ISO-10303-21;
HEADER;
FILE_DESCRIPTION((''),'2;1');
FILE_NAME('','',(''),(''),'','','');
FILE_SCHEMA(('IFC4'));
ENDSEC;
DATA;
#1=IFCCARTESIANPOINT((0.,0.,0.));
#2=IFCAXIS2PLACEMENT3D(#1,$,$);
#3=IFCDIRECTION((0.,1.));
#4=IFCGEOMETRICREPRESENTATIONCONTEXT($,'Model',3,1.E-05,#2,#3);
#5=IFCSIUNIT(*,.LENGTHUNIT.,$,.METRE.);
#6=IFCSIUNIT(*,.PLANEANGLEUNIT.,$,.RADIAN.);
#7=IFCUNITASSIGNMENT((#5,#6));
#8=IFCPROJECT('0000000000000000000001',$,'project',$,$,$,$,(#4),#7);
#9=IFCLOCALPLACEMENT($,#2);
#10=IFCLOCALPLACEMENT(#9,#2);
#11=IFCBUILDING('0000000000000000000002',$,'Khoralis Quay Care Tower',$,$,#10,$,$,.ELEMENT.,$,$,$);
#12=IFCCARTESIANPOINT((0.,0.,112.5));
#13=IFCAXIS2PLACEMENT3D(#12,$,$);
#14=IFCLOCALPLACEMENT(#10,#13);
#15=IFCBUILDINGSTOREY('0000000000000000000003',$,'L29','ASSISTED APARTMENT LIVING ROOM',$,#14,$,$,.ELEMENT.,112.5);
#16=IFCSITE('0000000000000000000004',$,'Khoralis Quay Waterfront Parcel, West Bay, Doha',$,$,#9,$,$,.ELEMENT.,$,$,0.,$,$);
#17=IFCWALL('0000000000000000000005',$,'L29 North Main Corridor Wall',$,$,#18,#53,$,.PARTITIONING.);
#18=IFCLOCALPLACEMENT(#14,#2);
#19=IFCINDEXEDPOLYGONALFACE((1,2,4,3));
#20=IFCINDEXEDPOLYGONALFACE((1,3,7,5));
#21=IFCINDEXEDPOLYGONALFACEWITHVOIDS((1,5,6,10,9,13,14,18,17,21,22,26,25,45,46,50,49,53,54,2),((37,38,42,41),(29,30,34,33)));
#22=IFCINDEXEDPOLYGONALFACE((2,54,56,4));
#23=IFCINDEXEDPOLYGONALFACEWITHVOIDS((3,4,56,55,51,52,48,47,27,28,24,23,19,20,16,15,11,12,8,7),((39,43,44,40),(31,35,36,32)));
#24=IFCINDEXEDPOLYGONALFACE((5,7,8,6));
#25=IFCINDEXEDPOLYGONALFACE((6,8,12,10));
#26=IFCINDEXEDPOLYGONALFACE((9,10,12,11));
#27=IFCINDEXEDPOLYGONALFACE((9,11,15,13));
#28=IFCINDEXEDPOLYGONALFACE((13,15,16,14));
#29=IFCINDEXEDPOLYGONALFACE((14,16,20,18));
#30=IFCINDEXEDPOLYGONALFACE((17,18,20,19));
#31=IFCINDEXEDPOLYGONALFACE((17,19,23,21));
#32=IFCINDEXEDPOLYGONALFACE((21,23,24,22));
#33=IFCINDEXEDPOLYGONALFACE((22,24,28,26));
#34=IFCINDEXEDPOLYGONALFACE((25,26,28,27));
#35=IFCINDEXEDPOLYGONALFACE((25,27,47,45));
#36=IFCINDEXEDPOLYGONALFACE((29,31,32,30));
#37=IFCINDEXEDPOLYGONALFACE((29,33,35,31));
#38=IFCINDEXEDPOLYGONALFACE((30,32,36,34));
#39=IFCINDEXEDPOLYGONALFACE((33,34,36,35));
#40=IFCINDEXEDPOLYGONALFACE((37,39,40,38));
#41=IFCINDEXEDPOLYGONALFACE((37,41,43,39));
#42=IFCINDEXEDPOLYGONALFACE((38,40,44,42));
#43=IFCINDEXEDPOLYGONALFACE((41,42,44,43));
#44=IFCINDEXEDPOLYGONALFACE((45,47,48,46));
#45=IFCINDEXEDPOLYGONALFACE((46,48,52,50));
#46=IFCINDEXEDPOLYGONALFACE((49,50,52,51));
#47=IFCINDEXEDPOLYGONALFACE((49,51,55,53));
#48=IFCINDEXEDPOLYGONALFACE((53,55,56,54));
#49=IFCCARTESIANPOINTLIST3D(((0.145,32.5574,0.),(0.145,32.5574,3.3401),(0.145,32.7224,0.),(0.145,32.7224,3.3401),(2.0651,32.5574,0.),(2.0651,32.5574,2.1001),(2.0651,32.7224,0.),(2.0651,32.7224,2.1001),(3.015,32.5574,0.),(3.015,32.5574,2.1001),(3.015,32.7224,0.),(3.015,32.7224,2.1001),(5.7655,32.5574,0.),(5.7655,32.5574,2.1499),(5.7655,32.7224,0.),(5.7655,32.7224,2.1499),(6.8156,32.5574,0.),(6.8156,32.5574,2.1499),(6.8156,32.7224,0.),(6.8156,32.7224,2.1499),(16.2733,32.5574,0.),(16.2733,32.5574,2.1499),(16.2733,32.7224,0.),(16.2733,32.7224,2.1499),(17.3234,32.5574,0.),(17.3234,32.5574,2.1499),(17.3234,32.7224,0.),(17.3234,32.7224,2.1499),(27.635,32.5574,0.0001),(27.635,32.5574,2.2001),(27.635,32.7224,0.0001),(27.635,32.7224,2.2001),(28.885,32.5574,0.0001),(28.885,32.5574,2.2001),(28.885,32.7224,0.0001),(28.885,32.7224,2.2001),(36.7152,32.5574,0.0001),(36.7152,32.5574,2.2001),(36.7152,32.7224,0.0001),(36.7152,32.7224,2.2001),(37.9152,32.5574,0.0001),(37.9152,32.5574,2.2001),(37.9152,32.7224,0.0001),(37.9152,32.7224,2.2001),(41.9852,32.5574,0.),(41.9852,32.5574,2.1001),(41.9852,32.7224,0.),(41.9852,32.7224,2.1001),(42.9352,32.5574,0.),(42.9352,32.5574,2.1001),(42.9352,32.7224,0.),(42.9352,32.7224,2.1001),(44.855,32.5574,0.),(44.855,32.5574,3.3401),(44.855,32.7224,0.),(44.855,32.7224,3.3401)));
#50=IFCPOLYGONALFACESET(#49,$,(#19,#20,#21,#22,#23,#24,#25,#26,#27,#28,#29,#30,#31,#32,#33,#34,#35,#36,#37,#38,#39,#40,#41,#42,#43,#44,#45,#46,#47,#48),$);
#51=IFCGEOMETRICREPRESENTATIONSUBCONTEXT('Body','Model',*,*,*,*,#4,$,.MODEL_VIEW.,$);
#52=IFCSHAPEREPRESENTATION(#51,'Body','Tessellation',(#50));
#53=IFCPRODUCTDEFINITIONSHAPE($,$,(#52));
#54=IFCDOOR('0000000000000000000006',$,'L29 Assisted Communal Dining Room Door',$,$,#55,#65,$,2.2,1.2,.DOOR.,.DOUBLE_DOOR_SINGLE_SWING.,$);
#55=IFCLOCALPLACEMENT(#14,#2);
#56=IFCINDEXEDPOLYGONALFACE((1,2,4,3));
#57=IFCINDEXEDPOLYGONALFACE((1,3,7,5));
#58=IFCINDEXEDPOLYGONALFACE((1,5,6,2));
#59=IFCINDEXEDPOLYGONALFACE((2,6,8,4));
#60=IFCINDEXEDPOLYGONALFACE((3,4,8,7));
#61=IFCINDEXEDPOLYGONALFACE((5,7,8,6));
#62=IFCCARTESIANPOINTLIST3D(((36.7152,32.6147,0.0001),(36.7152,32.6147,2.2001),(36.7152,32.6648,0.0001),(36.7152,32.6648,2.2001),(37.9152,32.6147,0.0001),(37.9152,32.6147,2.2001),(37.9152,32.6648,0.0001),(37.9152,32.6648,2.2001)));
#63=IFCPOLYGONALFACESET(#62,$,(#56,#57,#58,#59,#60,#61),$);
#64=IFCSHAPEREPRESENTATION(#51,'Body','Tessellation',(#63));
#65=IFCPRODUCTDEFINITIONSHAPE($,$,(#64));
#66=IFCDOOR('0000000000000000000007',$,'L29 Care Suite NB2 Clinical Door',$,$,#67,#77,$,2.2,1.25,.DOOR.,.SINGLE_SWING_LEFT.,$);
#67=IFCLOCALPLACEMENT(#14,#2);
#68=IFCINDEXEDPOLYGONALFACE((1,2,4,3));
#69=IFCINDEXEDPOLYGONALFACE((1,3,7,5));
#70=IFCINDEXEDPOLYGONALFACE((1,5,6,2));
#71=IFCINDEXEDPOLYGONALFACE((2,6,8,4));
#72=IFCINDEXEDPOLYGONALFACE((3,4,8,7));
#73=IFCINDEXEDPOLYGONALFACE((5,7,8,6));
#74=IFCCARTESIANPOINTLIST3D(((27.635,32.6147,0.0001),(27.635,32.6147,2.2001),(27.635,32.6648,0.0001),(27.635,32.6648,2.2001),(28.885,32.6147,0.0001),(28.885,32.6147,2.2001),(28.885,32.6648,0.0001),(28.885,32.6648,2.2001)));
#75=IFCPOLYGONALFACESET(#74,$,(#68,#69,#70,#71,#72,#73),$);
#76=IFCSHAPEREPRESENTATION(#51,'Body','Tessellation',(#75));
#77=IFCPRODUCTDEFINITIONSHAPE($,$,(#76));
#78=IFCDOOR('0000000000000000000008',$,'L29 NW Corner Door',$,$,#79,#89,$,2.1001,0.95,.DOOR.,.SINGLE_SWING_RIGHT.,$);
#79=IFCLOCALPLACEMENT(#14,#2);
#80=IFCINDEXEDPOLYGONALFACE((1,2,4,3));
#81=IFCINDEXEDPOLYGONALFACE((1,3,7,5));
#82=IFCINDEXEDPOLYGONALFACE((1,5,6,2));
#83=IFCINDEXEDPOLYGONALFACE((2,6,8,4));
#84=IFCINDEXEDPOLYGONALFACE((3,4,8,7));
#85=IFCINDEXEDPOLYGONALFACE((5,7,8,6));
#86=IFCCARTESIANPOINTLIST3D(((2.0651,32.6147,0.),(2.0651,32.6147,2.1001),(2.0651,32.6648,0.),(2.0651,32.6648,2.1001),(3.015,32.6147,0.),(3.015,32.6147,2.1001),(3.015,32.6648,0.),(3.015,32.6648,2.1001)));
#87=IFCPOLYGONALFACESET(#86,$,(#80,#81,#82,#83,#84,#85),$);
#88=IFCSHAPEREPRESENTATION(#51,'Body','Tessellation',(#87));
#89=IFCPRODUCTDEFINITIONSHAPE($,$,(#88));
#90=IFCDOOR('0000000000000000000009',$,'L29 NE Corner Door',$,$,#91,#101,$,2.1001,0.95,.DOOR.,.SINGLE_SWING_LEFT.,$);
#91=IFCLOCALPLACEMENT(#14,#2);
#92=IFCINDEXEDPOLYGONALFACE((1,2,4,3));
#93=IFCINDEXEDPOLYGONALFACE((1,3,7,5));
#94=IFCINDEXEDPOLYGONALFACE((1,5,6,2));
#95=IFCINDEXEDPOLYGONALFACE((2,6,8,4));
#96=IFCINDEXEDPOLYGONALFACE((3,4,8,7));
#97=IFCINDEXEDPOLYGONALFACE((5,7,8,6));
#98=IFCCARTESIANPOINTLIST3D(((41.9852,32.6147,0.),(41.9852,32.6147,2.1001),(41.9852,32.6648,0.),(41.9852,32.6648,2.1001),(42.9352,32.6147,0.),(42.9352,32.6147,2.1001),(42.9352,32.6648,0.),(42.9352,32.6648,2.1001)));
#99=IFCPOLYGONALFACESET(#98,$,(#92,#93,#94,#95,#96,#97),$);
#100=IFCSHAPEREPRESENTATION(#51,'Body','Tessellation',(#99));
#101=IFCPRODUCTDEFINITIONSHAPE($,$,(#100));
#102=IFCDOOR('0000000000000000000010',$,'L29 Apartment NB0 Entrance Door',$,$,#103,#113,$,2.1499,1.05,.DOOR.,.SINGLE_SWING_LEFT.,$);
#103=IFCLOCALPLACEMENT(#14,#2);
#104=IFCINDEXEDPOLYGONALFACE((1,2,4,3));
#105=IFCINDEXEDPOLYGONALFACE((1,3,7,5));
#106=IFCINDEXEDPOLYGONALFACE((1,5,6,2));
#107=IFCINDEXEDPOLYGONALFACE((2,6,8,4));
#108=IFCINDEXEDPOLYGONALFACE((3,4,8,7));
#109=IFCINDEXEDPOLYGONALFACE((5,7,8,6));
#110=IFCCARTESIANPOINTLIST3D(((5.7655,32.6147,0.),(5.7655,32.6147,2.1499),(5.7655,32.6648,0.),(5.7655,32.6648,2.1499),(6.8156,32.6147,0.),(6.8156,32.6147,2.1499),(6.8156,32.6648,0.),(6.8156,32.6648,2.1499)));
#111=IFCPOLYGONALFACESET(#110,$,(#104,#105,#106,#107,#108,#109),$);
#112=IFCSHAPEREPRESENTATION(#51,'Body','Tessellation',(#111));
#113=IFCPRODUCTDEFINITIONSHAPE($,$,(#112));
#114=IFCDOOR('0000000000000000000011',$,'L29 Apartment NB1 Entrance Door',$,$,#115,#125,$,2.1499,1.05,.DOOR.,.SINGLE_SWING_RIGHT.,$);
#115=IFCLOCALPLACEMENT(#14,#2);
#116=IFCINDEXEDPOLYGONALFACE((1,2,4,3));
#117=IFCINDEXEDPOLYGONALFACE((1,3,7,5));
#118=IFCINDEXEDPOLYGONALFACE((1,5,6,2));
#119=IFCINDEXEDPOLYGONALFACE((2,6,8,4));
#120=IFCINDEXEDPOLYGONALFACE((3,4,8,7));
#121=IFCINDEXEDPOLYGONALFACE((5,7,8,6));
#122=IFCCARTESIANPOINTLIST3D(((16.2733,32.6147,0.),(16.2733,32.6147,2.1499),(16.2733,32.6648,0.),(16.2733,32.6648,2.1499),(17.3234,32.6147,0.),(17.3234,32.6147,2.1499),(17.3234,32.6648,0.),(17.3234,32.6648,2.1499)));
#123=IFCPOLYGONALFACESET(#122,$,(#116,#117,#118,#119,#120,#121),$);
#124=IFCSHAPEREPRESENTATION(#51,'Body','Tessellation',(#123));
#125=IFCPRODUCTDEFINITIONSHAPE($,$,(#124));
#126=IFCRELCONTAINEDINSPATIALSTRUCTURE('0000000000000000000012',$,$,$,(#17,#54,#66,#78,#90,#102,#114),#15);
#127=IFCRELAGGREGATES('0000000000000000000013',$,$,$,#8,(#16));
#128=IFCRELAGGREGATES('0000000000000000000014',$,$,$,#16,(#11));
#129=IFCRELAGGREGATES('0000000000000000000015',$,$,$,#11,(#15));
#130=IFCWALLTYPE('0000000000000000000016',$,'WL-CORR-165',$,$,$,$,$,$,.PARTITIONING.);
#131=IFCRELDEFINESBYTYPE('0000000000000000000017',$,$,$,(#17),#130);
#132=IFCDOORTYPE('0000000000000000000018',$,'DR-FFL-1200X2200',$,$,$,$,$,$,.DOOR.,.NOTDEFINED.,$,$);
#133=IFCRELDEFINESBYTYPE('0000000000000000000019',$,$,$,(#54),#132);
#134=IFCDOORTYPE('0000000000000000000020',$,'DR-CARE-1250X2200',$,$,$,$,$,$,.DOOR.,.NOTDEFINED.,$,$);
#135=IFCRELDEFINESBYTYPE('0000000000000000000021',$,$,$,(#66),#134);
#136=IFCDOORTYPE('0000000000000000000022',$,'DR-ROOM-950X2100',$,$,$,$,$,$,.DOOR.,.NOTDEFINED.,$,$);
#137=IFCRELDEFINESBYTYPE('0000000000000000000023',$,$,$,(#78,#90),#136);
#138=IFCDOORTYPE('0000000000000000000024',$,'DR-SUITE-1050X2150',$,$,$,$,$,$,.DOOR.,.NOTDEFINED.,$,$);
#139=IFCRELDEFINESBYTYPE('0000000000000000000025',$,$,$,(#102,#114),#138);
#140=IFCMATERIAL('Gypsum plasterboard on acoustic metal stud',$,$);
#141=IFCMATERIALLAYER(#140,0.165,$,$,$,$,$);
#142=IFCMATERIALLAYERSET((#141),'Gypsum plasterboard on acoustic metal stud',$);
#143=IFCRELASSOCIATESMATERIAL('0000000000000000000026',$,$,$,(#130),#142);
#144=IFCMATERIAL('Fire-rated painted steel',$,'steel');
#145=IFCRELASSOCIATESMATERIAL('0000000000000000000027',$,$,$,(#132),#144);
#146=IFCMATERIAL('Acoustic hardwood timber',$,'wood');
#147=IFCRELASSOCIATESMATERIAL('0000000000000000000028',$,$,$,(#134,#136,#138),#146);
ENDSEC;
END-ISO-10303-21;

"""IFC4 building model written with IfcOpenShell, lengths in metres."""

from ifc_helpers import new_model, si_unit, direction, frame, frame_2d, origin, place, context, subcontext, project, spatial, rectangle, extrude, source, transform, mapped, material, layer, layer_set, type_object, element, fill, save


model = new_model("IFC4")

# Units and contexts
model_context = context("Model", 3, precision=1e-05, world=origin(), true_north=direction((0.0, 1.0)))
body_context = subcontext(model_context, "Body", "Model", "MODEL_VIEW")
ifc_project = project(units=[si_unit("LENGTHUNIT", "METRE"), si_unit("PLANEANGLEUNIT", "RADIAN")], contexts=[model_context])

# Site, building, storey
site_placement = place(None, origin())
site = spatial("IfcSite", under=ifc_project, at=site_placement, Name="Khoralis Quay Waterfront Parcel, West Bay, Doha", CompositionType="ELEMENT", RefElevation=0.0)
building_placement = place(site_placement, origin())
building = spatial("IfcBuilding", under=site, at=building_placement, Name="Khoralis Quay Care Tower", CompositionType="ELEMENT")
storey_placement = place(building_placement, frame((0.0, 0.0, 112.5)))
storey = spatial("IfcBuildingStorey", under=building, at=storey_placement, Name="L29", Description="ASSISTED APARTMENT LIVING ROOM", CompositionType="ELEMENT", Elevation=112.5)

# Wall, openings, doors
ifc_material_1 = material(Name="Gypsum plasterboard on acoustic metal stud")
ifc_layer_1 = layer(ifc_material_1, 0.165)
ifc_layer_set_1 = layer_set([ifc_layer_1], Name="Gypsum plasterboard on acoustic metal stud")
wall_type_1 = type_object("IfcWallType", Name="WL-CORR-165", PredefinedType="PARTITIONING", material=ifc_layer_set_1)
wall_1_placement = place(storey_placement, frame((0.145, 32.6399, 0.0), z_axis=(0.0, 0.0, 1.0), x_axis=(1.0, 0.0, 0.0)))
wall_1 = element("IfcWall", 1, at=wall_1_placement, inside=storey, type_object=wall_type_1, Name="L29 North Main Corridor Wall", PredefinedType="PARTITIONING", context=body_context, shape_type="SweptSolid", body=[
    extrude(rectangle(XDim=44.71, YDim=0.165, at=frame_2d((22.355, 0.0))), origin(), (0.0, 0.0, 1.0), 3.3401),
])
opening_1_placement = place(wall_1_placement, frame((5.6206, 0.0, 0.0)))
opening_1 = element("IfcOpeningElement", 2, at=opening_1_placement, cuts=wall_1, PredefinedType="OPENING", context=body_context, shape_type="SweptSolid", body=[
    extrude(rectangle(XDim=1.05, YDim=2.1499, at=frame_2d((0.5249, 1.075))), frame((0.0, 0.0925, 0.0), z_axis=(0.0, -1.0, 0.0), x_axis=(1.0, 0.0, 0.0)), (0.0, 0.0, 1.0), 0.1851),
])
opening_2_placement = place(wall_1_placement, frame((16.1284, 0.0, 0.0)))
opening_2 = element("IfcOpeningElement", 3, at=opening_2_placement, cuts=wall_1, PredefinedType="OPENING", context=body_context, shape_type="SweptSolid", body=[
    extrude(rectangle(XDim=1.05, YDim=2.1499, at=frame_2d((0.5249, 1.075))), frame((0.0, 0.0925, 0.0), z_axis=(0.0, -1.0, 0.0), x_axis=(1.0, 0.0, 0.0)), (0.0, 0.0, 1.0), 0.1851),
])
opening_3_placement = place(wall_1_placement, frame((27.49, 0.0, 0.0)))
opening_3 = element("IfcOpeningElement", 4, at=opening_3_placement, cuts=wall_1, PredefinedType="OPENING", context=body_context, shape_type="SweptSolid", body=[
    extrude(rectangle(XDim=1.25, YDim=2.2, at=frame_2d((0.625, 1.1001))), frame((0.0, 0.0925, 0.0), z_axis=(0.0, -1.0, 0.0), x_axis=(1.0, 0.0, 0.0)), (0.0, 0.0, 1.0), 0.1851),
])
opening_4_placement = place(wall_1_placement, frame((36.5701, 0.0, 0.0)))
opening_4 = element("IfcOpeningElement", 5, at=opening_4_placement, cuts=wall_1, PredefinedType="OPENING", context=body_context, shape_type="SweptSolid", body=[
    extrude(rectangle(XDim=1.2, YDim=2.2, at=frame_2d((0.6001, 1.1001))), frame((0.0, 0.0925, 0.0), z_axis=(0.0, -1.0, 0.0), x_axis=(1.0, 0.0, 0.0)), (0.0, 0.0, 1.0), 0.1851),
])
opening_5_placement = place(wall_1_placement, frame((1.9199, 0.0, 0.0)))
opening_5 = element("IfcOpeningElement", 6, at=opening_5_placement, cuts=wall_1, PredefinedType="OPENING", context=body_context, shape_type="SweptSolid", body=[
    extrude(rectangle(XDim=0.95, YDim=2.1001, at=frame_2d((0.4751, 1.05))), frame((0.0, 0.0925, 0.0), z_axis=(0.0, -1.0, 0.0), x_axis=(1.0, 0.0, 0.0)), (0.0, 0.0, 1.0), 0.1851),
])
opening_6_placement = place(wall_1_placement, frame((41.8401, 0.0, 0.0)))
opening_6 = element("IfcOpeningElement", 7, at=opening_6_placement, cuts=wall_1, PredefinedType="OPENING", context=body_context, shape_type="SweptSolid", body=[
    extrude(rectangle(XDim=0.95, YDim=2.1001, at=frame_2d((0.4751, 1.05))), frame((0.0, 0.0925, 0.0), z_axis=(0.0, -1.0, 0.0), x_axis=(1.0, 0.0, 0.0)), (0.0, 0.0, 1.0), 0.1851),
])
ifc_material_2 = material(Name="Fire-rated painted steel", Category="steel")
door_type_1 = type_object("IfcDoorType", Name="DR-FFL-1200X2200", OperationType="NOTDEFINED", PredefinedType="DOOR", material=ifc_material_2)
shared_shape_1 = source(origin(), body_context, "Body", "SweptSolid", [
    extrude(rectangle(XDim=1.2, YDim=2.2, at=frame_2d((0.6001, 1.1001))), frame((0.0, 0.0249, 0.0), z_axis=(0.0, -1.0, 0.0), x_axis=(1.0, 0.0, 0.0)), (0.0, 0.0, 1.0), 0.05),
])
door_1_placement = place(opening_4_placement, origin())
door_1 = element("IfcDoor", 8, at=door_1_placement, inside=storey, type_object=door_type_1, Name="L29 Assisted Communal Dining Room Door", OperationType="DOUBLE_DOOR_SINGLE_SWING", OverallHeight=2.2, OverallWidth=1.2, PredefinedType="DOOR", context=body_context, shape_type="MappedRepresentation", body=[
    mapped(shared_shape_1, transform((0.0, 0.0, 0.0), scale=1.0)),
])
fill(opening_4, door_1)
ifc_material_3 = material(Name="Acoustic hardwood timber", Category="wood")
door_type_2 = type_object("IfcDoorType", Name="DR-CARE-1250X2200", OperationType="NOTDEFINED", PredefinedType="DOOR", material=ifc_material_3)
shared_shape_2 = source(origin(), body_context, "Body", "SweptSolid", [
    extrude(rectangle(XDim=1.25, YDim=2.2, at=frame_2d((0.625, 1.1001))), frame((0.0, 0.0249, 0.0), z_axis=(0.0, -1.0, 0.0), x_axis=(1.0, 0.0, 0.0)), (0.0, 0.0, 1.0), 0.05),
])
door_2_placement = place(opening_3_placement, origin())
door_2 = element("IfcDoor", 9, at=door_2_placement, inside=storey, type_object=door_type_2, Name="L29 Care Suite NB2 Clinical Door", OperationType="SINGLE_SWING_LEFT", OverallHeight=2.2, OverallWidth=1.25, PredefinedType="DOOR", context=body_context, shape_type="MappedRepresentation", body=[
    mapped(shared_shape_2, transform((0.0, 0.0, 0.0), scale=1.0)),
])
fill(opening_3, door_2)
door_type_3 = type_object("IfcDoorType", Name="DR-ROOM-950X2100", OperationType="NOTDEFINED", PredefinedType="DOOR", material=ifc_material_3)
shared_shape_3 = source(origin(), body_context, "Body", "SweptSolid", [
    extrude(rectangle(XDim=0.95, YDim=2.1001, at=frame_2d((0.4751, 1.05))), frame((0.0, 0.0249, 0.0), z_axis=(0.0, -1.0, 0.0), x_axis=(1.0, 0.0, 0.0)), (0.0, 0.0, 1.0), 0.05),
])
door_3_placement = place(opening_5_placement, origin())
door_3 = element("IfcDoor", 10, at=door_3_placement, inside=storey, type_object=door_type_3, Name="L29 NW Corner Door", OperationType="SINGLE_SWING_RIGHT", OverallHeight=2.1001, OverallWidth=0.95, PredefinedType="DOOR", context=body_context, shape_type="MappedRepresentation", body=[
    mapped(shared_shape_3, transform((0.0, 0.0, 0.0), scale=1.0)),
])
fill(opening_5, door_3)
door_4_placement = place(opening_6_placement, origin())
door_4 = element("IfcDoor", 11, at=door_4_placement, inside=storey, type_object=door_type_3, Name="L29 NE Corner Door", OperationType="SINGLE_SWING_LEFT", OverallHeight=2.1001, OverallWidth=0.95, PredefinedType="DOOR", context=body_context, shape_type="MappedRepresentation", body=[
    mapped(shared_shape_3, transform((0.0, 0.0, 0.0), scale=1.0)),
])
fill(opening_6, door_4)
door_type_4 = type_object("IfcDoorType", Name="DR-SUITE-1050X2150", OperationType="NOTDEFINED", PredefinedType="DOOR", material=ifc_material_3)
shared_shape_4 = source(origin(), body_context, "Body", "SweptSolid", [
    extrude(rectangle(XDim=1.05, YDim=2.1499, at=frame_2d((0.5249, 1.075))), frame((0.0, 0.0249, 0.0), z_axis=(0.0, -1.0, 0.0), x_axis=(1.0, 0.0, 0.0)), (0.0, 0.0, 1.0), 0.05),
])
door_5_placement = place(opening_1_placement, origin())
door_5 = element("IfcDoor", 12, at=door_5_placement, inside=storey, type_object=door_type_4, Name="L29 Apartment NB0 Entrance Door", OperationType="SINGLE_SWING_LEFT", OverallHeight=2.1499, OverallWidth=1.05, PredefinedType="DOOR", context=body_context, shape_type="MappedRepresentation", body=[
    mapped(shared_shape_4, transform((0.0, 0.0, 0.0), scale=1.0)),
])
fill(opening_1, door_5)
door_6_placement = place(opening_2_placement, origin())
door_6 = element("IfcDoor", 13, at=door_6_placement, inside=storey, type_object=door_type_4, Name="L29 Apartment NB1 Entrance Door", OperationType="SINGLE_SWING_RIGHT", OverallHeight=2.1499, OverallWidth=1.05, PredefinedType="DOOR", context=body_context, shape_type="MappedRepresentation", body=[
    mapped(shared_shape_4, transform((0.0, 0.0, 0.0), scale=1.0)),
])
fill(opening_2, door_6)

save(model, "model.ifc")
